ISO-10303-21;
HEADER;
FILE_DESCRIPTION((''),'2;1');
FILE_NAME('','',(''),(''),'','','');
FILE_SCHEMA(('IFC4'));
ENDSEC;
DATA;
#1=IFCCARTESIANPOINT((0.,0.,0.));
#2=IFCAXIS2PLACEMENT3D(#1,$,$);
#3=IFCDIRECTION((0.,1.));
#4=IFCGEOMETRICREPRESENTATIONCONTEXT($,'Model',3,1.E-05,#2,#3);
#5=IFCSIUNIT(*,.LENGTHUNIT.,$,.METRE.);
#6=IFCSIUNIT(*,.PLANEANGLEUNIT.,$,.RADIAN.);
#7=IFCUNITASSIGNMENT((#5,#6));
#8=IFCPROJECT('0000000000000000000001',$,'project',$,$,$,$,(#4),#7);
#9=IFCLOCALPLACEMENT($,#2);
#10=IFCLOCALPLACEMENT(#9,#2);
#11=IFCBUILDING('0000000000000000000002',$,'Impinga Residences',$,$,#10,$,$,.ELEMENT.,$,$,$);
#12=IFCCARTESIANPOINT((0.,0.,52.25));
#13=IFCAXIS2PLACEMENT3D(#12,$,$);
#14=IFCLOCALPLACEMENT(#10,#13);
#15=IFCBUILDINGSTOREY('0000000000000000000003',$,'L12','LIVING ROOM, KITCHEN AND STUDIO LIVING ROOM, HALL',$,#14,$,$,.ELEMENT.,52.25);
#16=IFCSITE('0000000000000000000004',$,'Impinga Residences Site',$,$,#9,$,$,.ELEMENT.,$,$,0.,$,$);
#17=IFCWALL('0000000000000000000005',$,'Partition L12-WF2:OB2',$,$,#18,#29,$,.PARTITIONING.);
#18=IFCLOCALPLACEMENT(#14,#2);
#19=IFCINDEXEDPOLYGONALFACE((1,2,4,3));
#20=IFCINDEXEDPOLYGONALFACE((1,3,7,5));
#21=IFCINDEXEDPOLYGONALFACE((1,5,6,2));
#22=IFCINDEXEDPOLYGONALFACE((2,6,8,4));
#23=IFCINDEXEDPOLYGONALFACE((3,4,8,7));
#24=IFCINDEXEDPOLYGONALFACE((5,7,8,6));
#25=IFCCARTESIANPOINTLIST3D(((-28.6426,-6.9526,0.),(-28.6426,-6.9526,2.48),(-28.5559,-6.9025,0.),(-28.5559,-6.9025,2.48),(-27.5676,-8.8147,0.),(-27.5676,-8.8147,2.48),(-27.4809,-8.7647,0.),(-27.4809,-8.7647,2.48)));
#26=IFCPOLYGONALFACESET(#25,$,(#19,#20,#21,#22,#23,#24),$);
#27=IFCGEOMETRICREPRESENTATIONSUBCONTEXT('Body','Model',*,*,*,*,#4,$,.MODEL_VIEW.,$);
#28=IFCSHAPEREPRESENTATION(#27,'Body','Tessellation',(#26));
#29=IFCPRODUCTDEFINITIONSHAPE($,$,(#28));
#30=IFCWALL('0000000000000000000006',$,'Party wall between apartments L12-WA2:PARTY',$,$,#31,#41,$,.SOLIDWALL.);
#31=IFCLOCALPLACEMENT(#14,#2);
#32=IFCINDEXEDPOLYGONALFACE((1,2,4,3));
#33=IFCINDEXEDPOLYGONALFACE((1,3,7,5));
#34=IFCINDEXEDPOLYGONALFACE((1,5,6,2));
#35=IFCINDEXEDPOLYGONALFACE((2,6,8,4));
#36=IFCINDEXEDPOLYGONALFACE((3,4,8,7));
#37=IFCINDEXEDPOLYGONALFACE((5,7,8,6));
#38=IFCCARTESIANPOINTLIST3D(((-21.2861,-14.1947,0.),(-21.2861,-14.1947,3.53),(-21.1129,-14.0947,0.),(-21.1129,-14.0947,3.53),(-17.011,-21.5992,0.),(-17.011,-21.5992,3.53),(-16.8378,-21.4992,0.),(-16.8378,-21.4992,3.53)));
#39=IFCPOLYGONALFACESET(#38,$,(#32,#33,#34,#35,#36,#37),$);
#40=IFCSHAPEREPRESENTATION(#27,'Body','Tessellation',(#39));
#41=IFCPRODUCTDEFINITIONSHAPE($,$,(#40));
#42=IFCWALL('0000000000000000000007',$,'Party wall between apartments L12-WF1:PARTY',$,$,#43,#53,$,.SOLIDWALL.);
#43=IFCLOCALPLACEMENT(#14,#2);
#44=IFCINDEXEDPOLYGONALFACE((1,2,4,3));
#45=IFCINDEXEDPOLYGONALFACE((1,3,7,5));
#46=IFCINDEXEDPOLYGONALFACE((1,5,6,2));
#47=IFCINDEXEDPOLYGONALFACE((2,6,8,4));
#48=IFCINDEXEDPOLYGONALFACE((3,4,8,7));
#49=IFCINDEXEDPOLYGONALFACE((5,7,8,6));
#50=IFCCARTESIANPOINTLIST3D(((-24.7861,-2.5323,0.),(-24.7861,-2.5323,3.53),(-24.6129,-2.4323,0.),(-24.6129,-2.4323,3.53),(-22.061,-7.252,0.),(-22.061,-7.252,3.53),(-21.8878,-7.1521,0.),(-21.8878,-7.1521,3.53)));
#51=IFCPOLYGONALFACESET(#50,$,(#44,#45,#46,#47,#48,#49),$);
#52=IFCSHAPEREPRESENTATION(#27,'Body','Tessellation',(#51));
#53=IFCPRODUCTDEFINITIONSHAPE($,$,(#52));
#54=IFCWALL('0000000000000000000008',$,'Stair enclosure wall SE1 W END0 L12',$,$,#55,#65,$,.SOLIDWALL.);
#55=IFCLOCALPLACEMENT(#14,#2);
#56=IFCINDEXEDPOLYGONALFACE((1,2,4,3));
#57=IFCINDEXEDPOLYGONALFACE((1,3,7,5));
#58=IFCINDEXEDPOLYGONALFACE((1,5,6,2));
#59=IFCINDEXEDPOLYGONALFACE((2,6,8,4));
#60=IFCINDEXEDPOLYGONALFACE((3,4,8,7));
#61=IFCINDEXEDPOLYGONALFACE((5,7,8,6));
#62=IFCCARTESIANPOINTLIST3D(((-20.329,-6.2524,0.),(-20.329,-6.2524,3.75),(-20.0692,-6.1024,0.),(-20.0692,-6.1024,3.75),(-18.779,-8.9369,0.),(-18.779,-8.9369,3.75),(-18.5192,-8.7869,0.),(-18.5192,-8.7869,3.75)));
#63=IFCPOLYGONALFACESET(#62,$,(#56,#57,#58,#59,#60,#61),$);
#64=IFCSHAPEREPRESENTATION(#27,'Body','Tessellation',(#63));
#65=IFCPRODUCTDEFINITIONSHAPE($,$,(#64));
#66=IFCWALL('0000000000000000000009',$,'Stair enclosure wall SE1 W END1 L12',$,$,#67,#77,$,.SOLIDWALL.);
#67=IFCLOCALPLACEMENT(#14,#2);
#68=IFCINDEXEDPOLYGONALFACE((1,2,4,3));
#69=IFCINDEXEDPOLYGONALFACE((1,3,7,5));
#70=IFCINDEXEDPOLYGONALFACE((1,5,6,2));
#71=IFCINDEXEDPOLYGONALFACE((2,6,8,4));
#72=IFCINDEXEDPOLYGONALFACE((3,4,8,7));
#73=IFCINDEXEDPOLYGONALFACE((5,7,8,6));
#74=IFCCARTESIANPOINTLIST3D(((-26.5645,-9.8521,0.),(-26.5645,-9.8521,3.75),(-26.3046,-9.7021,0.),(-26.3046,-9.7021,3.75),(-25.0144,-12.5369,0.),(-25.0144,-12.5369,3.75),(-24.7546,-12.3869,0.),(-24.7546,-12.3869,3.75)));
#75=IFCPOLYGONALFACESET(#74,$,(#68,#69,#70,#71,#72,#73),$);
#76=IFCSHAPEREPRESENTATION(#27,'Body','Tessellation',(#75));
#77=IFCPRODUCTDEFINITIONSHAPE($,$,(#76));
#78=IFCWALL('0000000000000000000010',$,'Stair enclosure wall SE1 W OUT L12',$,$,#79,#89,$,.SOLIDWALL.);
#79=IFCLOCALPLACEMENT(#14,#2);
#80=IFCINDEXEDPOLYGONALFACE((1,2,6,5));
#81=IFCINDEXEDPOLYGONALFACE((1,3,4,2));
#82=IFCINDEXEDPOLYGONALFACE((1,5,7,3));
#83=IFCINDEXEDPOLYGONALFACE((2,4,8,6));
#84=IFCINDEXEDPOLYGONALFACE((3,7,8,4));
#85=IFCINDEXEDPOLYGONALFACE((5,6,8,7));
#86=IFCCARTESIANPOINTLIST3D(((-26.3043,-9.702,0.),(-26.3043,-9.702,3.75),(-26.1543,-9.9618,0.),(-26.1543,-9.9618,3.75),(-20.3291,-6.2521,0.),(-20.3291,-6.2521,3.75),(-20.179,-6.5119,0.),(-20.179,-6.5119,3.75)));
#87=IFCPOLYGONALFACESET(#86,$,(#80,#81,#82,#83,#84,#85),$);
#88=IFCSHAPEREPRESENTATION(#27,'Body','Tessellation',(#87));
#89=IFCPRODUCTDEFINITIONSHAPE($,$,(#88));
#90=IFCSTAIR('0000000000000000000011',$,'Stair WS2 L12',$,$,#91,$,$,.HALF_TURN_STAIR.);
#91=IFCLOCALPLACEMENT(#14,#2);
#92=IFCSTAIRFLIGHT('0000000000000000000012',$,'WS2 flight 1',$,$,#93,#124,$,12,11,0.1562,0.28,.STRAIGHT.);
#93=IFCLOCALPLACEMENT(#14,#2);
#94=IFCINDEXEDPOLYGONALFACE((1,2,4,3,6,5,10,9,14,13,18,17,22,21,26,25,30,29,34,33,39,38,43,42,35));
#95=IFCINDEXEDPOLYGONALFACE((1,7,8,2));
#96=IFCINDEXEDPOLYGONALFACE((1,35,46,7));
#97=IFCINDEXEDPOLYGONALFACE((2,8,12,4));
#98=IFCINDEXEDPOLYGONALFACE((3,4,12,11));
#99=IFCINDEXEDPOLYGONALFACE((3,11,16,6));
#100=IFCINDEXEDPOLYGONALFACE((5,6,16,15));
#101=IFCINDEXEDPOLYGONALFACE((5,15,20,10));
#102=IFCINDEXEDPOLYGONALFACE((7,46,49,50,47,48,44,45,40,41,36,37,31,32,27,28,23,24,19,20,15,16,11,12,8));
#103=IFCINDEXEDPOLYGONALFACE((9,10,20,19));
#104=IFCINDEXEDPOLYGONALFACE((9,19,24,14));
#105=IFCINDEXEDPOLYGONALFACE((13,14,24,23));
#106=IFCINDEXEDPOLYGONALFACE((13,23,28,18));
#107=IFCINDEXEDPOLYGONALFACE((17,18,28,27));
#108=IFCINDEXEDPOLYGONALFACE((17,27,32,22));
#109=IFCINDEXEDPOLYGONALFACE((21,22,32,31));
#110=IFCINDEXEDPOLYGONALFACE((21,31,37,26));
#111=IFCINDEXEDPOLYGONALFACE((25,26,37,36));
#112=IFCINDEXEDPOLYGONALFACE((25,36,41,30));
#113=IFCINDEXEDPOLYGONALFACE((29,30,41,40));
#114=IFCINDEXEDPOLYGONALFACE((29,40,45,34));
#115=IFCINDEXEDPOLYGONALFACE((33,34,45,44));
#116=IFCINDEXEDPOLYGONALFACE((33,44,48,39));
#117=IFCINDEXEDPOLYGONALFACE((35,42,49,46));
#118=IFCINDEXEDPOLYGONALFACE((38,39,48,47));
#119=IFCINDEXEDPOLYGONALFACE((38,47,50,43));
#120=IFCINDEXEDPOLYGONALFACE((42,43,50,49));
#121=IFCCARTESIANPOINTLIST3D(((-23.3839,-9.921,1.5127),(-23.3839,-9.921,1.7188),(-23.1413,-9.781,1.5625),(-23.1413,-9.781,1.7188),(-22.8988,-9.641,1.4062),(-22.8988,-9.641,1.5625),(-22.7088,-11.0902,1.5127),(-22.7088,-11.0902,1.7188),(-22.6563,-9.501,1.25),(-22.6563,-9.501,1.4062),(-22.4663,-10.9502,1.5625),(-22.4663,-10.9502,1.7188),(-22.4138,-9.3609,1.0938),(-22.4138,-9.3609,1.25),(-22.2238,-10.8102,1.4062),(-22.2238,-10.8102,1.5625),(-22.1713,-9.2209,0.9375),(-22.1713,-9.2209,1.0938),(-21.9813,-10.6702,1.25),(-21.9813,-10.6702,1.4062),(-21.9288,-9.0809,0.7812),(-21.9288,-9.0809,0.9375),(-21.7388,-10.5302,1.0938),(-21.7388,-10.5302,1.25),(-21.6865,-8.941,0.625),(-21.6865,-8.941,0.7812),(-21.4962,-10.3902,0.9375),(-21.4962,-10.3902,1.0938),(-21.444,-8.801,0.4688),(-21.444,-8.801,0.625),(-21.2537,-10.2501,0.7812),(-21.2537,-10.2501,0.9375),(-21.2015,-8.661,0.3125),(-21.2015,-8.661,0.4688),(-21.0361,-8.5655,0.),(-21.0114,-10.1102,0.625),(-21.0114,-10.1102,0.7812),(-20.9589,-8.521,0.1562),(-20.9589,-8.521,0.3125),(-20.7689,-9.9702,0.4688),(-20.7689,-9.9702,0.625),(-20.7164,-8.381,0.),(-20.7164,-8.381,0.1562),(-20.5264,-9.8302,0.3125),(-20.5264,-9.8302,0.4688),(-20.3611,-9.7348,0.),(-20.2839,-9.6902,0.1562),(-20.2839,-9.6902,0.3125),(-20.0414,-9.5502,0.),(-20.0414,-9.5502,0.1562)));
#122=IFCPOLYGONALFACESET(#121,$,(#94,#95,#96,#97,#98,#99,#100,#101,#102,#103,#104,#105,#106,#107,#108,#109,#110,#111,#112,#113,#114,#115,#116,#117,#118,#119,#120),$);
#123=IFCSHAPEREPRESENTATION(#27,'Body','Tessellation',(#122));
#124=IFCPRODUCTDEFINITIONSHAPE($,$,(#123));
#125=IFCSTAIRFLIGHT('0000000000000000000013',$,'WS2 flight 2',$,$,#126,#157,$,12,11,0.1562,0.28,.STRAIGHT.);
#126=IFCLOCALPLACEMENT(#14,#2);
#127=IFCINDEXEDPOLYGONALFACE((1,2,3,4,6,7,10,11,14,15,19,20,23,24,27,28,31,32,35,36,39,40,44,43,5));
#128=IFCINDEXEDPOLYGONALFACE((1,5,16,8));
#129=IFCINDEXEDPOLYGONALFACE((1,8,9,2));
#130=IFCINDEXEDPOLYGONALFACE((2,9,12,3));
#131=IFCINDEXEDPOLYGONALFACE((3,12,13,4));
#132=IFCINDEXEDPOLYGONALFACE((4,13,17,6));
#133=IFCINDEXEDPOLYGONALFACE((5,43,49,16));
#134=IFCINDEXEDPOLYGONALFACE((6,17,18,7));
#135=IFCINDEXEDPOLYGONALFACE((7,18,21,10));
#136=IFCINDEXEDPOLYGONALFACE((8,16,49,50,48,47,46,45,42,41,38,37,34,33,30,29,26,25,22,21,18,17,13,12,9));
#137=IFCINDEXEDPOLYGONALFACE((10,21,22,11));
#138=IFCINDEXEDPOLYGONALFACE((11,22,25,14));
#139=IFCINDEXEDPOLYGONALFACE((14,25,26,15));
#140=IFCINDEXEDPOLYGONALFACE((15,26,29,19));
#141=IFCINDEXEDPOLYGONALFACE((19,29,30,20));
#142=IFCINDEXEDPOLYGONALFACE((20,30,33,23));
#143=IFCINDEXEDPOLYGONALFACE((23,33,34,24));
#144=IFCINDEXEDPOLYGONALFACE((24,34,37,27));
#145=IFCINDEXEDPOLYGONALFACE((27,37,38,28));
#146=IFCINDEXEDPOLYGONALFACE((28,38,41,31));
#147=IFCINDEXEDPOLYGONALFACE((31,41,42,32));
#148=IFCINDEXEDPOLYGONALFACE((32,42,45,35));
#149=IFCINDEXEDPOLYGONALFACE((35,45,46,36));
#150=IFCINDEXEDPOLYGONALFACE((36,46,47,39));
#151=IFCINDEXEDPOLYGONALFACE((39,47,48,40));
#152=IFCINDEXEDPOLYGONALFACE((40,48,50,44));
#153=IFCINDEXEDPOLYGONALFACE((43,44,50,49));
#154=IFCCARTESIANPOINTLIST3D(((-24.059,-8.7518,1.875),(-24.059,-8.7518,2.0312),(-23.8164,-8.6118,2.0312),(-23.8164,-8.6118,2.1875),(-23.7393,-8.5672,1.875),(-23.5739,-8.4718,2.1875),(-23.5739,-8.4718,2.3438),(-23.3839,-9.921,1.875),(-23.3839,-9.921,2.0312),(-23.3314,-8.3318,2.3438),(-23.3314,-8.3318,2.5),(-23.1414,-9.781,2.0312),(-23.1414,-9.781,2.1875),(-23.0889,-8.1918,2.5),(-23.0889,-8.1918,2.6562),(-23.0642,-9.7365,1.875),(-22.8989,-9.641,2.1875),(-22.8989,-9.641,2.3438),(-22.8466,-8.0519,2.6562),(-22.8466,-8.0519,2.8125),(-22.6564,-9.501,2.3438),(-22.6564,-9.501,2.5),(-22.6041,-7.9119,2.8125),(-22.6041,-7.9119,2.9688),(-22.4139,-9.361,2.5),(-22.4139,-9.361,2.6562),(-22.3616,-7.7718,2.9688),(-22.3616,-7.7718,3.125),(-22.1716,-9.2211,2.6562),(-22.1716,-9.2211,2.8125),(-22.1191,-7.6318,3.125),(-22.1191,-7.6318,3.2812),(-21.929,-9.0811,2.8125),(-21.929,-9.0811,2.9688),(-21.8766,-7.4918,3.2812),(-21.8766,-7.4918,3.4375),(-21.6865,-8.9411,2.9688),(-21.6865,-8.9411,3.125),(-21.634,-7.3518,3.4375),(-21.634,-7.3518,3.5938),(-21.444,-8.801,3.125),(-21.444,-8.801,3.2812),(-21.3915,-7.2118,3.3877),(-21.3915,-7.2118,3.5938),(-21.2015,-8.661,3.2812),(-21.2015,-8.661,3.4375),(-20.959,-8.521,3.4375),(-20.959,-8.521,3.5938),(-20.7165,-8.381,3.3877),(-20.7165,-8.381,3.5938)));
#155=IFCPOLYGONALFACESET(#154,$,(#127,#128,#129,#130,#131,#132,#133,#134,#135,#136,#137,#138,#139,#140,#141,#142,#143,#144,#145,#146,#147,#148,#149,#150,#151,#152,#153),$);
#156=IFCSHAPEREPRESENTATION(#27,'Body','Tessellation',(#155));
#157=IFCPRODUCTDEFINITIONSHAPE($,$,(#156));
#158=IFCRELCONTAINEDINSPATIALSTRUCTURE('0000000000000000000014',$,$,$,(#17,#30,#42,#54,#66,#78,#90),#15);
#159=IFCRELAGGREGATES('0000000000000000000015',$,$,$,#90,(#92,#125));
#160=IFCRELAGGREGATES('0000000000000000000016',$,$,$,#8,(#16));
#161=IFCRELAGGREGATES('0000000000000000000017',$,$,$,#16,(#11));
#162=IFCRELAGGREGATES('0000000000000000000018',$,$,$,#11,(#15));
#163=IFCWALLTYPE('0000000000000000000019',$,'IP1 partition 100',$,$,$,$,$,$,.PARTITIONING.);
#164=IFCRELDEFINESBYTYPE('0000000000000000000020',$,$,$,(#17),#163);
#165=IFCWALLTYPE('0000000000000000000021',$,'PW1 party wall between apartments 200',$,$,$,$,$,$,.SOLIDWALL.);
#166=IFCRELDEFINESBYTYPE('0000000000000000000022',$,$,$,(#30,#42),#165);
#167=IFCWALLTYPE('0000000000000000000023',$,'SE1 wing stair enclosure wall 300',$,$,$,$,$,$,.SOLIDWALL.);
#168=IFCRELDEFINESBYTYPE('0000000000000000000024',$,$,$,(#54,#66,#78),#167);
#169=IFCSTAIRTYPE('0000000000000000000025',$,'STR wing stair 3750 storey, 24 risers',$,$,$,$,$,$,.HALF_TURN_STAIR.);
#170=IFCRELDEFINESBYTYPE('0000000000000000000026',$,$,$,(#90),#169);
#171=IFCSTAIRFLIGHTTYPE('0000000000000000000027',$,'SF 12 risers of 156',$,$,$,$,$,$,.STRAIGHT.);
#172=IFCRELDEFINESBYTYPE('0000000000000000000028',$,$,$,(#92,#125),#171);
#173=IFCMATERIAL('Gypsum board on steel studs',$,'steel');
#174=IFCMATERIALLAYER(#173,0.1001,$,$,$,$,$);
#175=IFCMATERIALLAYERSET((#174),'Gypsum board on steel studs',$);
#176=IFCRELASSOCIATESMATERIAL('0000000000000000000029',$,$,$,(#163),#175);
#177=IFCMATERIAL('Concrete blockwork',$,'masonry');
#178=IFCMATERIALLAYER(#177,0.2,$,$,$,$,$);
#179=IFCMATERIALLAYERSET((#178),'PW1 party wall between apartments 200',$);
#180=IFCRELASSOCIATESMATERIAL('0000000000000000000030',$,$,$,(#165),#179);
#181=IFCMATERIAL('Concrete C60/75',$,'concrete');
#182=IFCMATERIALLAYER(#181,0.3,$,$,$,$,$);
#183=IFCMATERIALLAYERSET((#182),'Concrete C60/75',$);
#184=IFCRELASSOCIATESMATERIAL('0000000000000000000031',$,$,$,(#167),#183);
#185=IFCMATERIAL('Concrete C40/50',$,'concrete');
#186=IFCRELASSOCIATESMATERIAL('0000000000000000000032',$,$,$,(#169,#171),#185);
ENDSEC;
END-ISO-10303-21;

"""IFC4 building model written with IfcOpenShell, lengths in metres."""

from ifc_helpers import new_model, si_unit, direction, frame, frame_2d, origin, place, context, subcontext, project, spatial, polyline, rectangle, outline, extrude, material, layer, layer_set, type_object, element, aggregate, save


model = new_model("IFC4")

# Units and contexts
model_context = context("Model", 3, precision=1e-05, world=origin(), true_north=direction((0.0, 1.0)))
body_context = subcontext(model_context, "Body", "Model", "MODEL_VIEW")
ifc_project = project(units=[si_unit("LENGTHUNIT", "METRE"), si_unit("PLANEANGLEUNIT", "RADIAN")], contexts=[model_context])

# Site, building, storey
site_placement = place(None, origin())
site = spatial("IfcSite", under=ifc_project, at=site_placement, Name="Impinga Residences Site", CompositionType="ELEMENT", RefElevation=0.0)
building_placement = place(site_placement, origin())
building = spatial("IfcBuilding", under=site, at=building_placement, Name="Impinga Residences", CompositionType="ELEMENT")
storey_placement = place(building_placement, frame((0.0, 0.0, 52.25)))
storey = spatial("IfcBuildingStorey", under=building, at=storey_placement, Name="L12", Description="LIVING ROOM, KITCHEN AND STUDIO LIVING ROOM, HALL", CompositionType="ELEMENT", Elevation=52.25)

# Shared definitions
ifc_material_1 = material(Name="Concrete C60/75", Category="concrete")

# Shared definitions
ifc_material_2 = material(Name="Gypsum board on steel studs", Category="steel")
ifc_layer_1 = layer(ifc_material_2, 0.1001)
ifc_layer_set_1 = layer_set([ifc_layer_1], Name="Gypsum board on steel studs")
wall_type_1 = type_object("IfcWallType", Name="IP1 partition 100", PredefinedType="PARTITIONING", material=ifc_layer_set_1)

# Walls
wall_1_placement = place(storey_placement, frame((-27.5242, -8.7898, 0.0), z_axis=(0.0, 0.0, 1.0), x_axis=(-0.499962, 0.866048, 0.0)))
element("IfcWall", 1, at=wall_1_placement, inside=storey, type_object=wall_type_1, Name="Partition L12-WF2:OB2", PredefinedType="PARTITIONING", context=body_context, shape_type="SweptSolid", body=[
    extrude(rectangle(XDim=2.1501, YDim=0.1001, at=frame_2d((1.0752, 0.0))), origin(), (0.0, 0.0, 1.0), 2.48),
])
ifc_material_3 = material(Name="Concrete blockwork", Category="masonry")
ifc_layer_2 = layer(ifc_material_3, 0.2)
ifc_layer_set_2 = layer_set([ifc_layer_2], Name="PW1 party wall between apartments 200")
wall_type_2 = type_object("IfcWallType", Name="PW1 party wall between apartments 200", PredefinedType="SOLIDWALL", material=ifc_layer_set_2)
wall_2_placement = place(storey_placement, frame((-21.1995, -14.1448, 0.0), z_axis=(0.0, 0.0, 1.0), x_axis=(0.500012, -0.866019, 0.0)))
element("IfcWall", 2, at=wall_2_placement, inside=storey, type_object=wall_type_2, Name="Party wall between apartments L12-WA2:PARTY", PredefinedType="SOLIDWALL", context=body_context, shape_type="SweptSolid", body=[
    extrude(rectangle(XDim=8.55, YDim=0.2, at=frame_2d((4.2749, 0.0))), origin(), (0.0, 0.0, 1.0), 3.53),
])
wall_3_placement = place(storey_placement, frame((-21.9744, -7.2021, 0.0), z_axis=(0.0, 0.0, 1.0), x_axis=(-0.500022, 0.866013, 0.0)))
element("IfcWall", 3, at=wall_3_placement, inside=storey, type_object=wall_type_2, Name="Party wall between apartments L12-WF1:PARTY", PredefinedType="SOLIDWALL", context=body_context, shape_type="SweptSolid", body=[
    extrude(rectangle(XDim=5.45, YDim=0.2, at=frame_2d((2.7251, 0.0))), origin(), (0.0, 0.0, 1.0), 3.53),
])
ifc_layer_3 = layer(ifc_material_1, 0.3)
ifc_layer_set_3 = layer_set([ifc_layer_3], Name="Concrete C60/75")
wall_type_3 = type_object("IfcWallType", Name="SE1 wing stair enclosure wall 300", PredefinedType="SOLIDWALL", material=ifc_layer_set_3)
wall_4_placement = place(storey_placement, frame((-18.6492, -8.8618, 0.0), z_axis=(0.0, 0.0, 1.0), x_axis=(-0.500027, 0.86601, 0.0)))
element("IfcWall", 4, at=wall_4_placement, inside=storey, type_object=wall_type_3, Name="Stair enclosure wall SE1 W END0 L12", PredefinedType="SOLIDWALL", context=body_context, shape_type="SweptSolid", body=[
    extrude(rectangle(XDim=3.0999, YDim=0.3, at=frame_2d((1.5498, 0.0))), origin(), (0.0, 0.0, 1.0), 3.75),
])
wall_5_placement = place(storey_placement, frame((-24.8845, -12.4619, 0.0), z_axis=(0.0, 0.0, 1.0), x_axis=(-0.499993, 0.86603, 0.0)))
element("IfcWall", 5, at=wall_5_placement, inside=storey, type_object=wall_type_3, Name="Stair enclosure wall SE1 W END1 L12", PredefinedType="SOLIDWALL", context=body_context, shape_type="SweptSolid", body=[
    extrude(rectangle(XDim=3.1001, YDim=0.3, at=frame_2d((1.55, 0.0))), origin(), (0.0, 0.0, 1.0), 3.75),
])
wall_6_placement = place(storey_placement, frame((-20.2542, -6.3821, 0.0), z_axis=(0.0, 0.0, 1.0), x_axis=(-0.86602, -0.500009, 0.0)))
element("IfcWall", 6, at=wall_6_placement, inside=storey, type_object=wall_type_3, Name="Stair enclosure wall SE1 W OUT L12", PredefinedType="SOLIDWALL", context=body_context, shape_type="SweptSolid", body=[
    extrude(rectangle(XDim=6.8997, YDim=0.3, at=frame_2d((3.4497, 0.0))), origin(), (0.0, 0.0, 1.0), 3.75),
])

# Stair, stair flights
ifc_material_4 = material(Name="Concrete C40/50", Category="concrete")
stair_type = type_object("IfcStairType", Name="STR wing stair 3750 storey, 24 risers", PredefinedType="HALF_TURN_STAIR", material=ifc_material_4)
stair_placement = place(storey_placement, origin())
stair = element("IfcStair", 7, at=stair_placement, inside=storey, type_object=stair_type, Name="Stair WS2 L12", PredefinedType="HALF_TURN_STAIR")
stair_flight_type = type_object("IfcStairFlightType", Name="SF 12 risers of 156", PredefinedType="STRAIGHT", material=ifc_material_4)
stair_flight_1_placement = place(storey_placement, frame((-20.3789, -8.9656, 0.0), z_axis=(0.0, 0.0, 1.0), x_axis=(-0.866025, -0.5, 0.0)))
stair_flight_1 = element("IfcStairFlight", 8, at=stair_flight_1_placement, type_object=stair_flight_type, Name="WS2 flight 1", NumberOfRisers=12, NumberOfTreads=11, PredefinedType="STRAIGHT", RiserHeight=0.1562, TreadLength=0.28, context=body_context, shape_type="SweptSolid", body=[
    extrude(outline(polyline([(0.0, 0.0), (0.0, 0.1562), (0.28, 0.1562), (0.28, 0.3125), (0.5601, 0.3125), (0.5601, 0.4688), (0.8401, 0.4688), (0.8401, 0.625), (1.1201, 0.625), (1.1201, 0.7812), (1.3999, 0.7812), (1.3999, 0.9375), (1.6799, 0.9375), (1.6799, 1.0938), (1.96, 1.0938), (1.96, 1.25), (2.24, 1.25), (2.24, 1.4062), (2.52, 1.4062), (2.52, 1.5625), (2.8, 1.5625), (2.8, 1.7188), (3.0801, 1.7188), (3.0801, 1.875), (3.0801, 1.5127), (0.3691, 0.0), (0.0, 0.0)])), frame((0.0, 0.675, 0.0), z_axis=(0.0, -1.0, 0.0), x_axis=(1.0, 0.0, 0.0)), (0.0, 0.0, 1.0), 1.3501),
])
stair_flight_2_placement = place(storey_placement, frame((-23.7214, -9.3364, 1.875), z_axis=(0.0, 0.0, 1.0), x_axis=(0.866025, 0.5, 0.0)))
stair_flight_2 = element("IfcStairFlight", 9, at=stair_flight_2_placement, type_object=stair_flight_type, Name="WS2 flight 2", NumberOfRisers=12, NumberOfTreads=11, PredefinedType="STRAIGHT", RiserHeight=0.1562, TreadLength=0.28, context=body_context, shape_type="SweptSolid", body=[
    extrude(outline(polyline([(0.0, 0.0), (0.0, 0.1562), (0.28, 0.1562), (0.28, 0.3125), (0.5601, 0.3125), (0.5601, 0.4688), (0.8401, 0.4688), (0.8401, 0.625), (1.1201, 0.625), (1.1201, 0.7812), (1.3999, 0.7812), (1.3999, 0.9375), (1.6799, 0.9375), (1.6799, 1.0938), (1.96, 1.0938), (1.96, 1.25), (2.24, 1.25), (2.24, 1.4062), (2.52, 1.4062), (2.52, 1.5625), (2.8, 1.5625), (2.8, 1.7188), (3.0801, 1.7188), (3.0801, 1.875), (3.0801, 1.5127), (0.3691, 0.0), (0.0, 0.0)])), frame((0.0, 0.675, 0.0), z_axis=(0.0, -1.0, 0.0), x_axis=(1.0, 0.0, 0.0)), (0.0, 0.0, 1.0), 1.3501),
])
aggregate(stair, [stair_flight_1, stair_flight_2])

save(model, "model.ifc")
